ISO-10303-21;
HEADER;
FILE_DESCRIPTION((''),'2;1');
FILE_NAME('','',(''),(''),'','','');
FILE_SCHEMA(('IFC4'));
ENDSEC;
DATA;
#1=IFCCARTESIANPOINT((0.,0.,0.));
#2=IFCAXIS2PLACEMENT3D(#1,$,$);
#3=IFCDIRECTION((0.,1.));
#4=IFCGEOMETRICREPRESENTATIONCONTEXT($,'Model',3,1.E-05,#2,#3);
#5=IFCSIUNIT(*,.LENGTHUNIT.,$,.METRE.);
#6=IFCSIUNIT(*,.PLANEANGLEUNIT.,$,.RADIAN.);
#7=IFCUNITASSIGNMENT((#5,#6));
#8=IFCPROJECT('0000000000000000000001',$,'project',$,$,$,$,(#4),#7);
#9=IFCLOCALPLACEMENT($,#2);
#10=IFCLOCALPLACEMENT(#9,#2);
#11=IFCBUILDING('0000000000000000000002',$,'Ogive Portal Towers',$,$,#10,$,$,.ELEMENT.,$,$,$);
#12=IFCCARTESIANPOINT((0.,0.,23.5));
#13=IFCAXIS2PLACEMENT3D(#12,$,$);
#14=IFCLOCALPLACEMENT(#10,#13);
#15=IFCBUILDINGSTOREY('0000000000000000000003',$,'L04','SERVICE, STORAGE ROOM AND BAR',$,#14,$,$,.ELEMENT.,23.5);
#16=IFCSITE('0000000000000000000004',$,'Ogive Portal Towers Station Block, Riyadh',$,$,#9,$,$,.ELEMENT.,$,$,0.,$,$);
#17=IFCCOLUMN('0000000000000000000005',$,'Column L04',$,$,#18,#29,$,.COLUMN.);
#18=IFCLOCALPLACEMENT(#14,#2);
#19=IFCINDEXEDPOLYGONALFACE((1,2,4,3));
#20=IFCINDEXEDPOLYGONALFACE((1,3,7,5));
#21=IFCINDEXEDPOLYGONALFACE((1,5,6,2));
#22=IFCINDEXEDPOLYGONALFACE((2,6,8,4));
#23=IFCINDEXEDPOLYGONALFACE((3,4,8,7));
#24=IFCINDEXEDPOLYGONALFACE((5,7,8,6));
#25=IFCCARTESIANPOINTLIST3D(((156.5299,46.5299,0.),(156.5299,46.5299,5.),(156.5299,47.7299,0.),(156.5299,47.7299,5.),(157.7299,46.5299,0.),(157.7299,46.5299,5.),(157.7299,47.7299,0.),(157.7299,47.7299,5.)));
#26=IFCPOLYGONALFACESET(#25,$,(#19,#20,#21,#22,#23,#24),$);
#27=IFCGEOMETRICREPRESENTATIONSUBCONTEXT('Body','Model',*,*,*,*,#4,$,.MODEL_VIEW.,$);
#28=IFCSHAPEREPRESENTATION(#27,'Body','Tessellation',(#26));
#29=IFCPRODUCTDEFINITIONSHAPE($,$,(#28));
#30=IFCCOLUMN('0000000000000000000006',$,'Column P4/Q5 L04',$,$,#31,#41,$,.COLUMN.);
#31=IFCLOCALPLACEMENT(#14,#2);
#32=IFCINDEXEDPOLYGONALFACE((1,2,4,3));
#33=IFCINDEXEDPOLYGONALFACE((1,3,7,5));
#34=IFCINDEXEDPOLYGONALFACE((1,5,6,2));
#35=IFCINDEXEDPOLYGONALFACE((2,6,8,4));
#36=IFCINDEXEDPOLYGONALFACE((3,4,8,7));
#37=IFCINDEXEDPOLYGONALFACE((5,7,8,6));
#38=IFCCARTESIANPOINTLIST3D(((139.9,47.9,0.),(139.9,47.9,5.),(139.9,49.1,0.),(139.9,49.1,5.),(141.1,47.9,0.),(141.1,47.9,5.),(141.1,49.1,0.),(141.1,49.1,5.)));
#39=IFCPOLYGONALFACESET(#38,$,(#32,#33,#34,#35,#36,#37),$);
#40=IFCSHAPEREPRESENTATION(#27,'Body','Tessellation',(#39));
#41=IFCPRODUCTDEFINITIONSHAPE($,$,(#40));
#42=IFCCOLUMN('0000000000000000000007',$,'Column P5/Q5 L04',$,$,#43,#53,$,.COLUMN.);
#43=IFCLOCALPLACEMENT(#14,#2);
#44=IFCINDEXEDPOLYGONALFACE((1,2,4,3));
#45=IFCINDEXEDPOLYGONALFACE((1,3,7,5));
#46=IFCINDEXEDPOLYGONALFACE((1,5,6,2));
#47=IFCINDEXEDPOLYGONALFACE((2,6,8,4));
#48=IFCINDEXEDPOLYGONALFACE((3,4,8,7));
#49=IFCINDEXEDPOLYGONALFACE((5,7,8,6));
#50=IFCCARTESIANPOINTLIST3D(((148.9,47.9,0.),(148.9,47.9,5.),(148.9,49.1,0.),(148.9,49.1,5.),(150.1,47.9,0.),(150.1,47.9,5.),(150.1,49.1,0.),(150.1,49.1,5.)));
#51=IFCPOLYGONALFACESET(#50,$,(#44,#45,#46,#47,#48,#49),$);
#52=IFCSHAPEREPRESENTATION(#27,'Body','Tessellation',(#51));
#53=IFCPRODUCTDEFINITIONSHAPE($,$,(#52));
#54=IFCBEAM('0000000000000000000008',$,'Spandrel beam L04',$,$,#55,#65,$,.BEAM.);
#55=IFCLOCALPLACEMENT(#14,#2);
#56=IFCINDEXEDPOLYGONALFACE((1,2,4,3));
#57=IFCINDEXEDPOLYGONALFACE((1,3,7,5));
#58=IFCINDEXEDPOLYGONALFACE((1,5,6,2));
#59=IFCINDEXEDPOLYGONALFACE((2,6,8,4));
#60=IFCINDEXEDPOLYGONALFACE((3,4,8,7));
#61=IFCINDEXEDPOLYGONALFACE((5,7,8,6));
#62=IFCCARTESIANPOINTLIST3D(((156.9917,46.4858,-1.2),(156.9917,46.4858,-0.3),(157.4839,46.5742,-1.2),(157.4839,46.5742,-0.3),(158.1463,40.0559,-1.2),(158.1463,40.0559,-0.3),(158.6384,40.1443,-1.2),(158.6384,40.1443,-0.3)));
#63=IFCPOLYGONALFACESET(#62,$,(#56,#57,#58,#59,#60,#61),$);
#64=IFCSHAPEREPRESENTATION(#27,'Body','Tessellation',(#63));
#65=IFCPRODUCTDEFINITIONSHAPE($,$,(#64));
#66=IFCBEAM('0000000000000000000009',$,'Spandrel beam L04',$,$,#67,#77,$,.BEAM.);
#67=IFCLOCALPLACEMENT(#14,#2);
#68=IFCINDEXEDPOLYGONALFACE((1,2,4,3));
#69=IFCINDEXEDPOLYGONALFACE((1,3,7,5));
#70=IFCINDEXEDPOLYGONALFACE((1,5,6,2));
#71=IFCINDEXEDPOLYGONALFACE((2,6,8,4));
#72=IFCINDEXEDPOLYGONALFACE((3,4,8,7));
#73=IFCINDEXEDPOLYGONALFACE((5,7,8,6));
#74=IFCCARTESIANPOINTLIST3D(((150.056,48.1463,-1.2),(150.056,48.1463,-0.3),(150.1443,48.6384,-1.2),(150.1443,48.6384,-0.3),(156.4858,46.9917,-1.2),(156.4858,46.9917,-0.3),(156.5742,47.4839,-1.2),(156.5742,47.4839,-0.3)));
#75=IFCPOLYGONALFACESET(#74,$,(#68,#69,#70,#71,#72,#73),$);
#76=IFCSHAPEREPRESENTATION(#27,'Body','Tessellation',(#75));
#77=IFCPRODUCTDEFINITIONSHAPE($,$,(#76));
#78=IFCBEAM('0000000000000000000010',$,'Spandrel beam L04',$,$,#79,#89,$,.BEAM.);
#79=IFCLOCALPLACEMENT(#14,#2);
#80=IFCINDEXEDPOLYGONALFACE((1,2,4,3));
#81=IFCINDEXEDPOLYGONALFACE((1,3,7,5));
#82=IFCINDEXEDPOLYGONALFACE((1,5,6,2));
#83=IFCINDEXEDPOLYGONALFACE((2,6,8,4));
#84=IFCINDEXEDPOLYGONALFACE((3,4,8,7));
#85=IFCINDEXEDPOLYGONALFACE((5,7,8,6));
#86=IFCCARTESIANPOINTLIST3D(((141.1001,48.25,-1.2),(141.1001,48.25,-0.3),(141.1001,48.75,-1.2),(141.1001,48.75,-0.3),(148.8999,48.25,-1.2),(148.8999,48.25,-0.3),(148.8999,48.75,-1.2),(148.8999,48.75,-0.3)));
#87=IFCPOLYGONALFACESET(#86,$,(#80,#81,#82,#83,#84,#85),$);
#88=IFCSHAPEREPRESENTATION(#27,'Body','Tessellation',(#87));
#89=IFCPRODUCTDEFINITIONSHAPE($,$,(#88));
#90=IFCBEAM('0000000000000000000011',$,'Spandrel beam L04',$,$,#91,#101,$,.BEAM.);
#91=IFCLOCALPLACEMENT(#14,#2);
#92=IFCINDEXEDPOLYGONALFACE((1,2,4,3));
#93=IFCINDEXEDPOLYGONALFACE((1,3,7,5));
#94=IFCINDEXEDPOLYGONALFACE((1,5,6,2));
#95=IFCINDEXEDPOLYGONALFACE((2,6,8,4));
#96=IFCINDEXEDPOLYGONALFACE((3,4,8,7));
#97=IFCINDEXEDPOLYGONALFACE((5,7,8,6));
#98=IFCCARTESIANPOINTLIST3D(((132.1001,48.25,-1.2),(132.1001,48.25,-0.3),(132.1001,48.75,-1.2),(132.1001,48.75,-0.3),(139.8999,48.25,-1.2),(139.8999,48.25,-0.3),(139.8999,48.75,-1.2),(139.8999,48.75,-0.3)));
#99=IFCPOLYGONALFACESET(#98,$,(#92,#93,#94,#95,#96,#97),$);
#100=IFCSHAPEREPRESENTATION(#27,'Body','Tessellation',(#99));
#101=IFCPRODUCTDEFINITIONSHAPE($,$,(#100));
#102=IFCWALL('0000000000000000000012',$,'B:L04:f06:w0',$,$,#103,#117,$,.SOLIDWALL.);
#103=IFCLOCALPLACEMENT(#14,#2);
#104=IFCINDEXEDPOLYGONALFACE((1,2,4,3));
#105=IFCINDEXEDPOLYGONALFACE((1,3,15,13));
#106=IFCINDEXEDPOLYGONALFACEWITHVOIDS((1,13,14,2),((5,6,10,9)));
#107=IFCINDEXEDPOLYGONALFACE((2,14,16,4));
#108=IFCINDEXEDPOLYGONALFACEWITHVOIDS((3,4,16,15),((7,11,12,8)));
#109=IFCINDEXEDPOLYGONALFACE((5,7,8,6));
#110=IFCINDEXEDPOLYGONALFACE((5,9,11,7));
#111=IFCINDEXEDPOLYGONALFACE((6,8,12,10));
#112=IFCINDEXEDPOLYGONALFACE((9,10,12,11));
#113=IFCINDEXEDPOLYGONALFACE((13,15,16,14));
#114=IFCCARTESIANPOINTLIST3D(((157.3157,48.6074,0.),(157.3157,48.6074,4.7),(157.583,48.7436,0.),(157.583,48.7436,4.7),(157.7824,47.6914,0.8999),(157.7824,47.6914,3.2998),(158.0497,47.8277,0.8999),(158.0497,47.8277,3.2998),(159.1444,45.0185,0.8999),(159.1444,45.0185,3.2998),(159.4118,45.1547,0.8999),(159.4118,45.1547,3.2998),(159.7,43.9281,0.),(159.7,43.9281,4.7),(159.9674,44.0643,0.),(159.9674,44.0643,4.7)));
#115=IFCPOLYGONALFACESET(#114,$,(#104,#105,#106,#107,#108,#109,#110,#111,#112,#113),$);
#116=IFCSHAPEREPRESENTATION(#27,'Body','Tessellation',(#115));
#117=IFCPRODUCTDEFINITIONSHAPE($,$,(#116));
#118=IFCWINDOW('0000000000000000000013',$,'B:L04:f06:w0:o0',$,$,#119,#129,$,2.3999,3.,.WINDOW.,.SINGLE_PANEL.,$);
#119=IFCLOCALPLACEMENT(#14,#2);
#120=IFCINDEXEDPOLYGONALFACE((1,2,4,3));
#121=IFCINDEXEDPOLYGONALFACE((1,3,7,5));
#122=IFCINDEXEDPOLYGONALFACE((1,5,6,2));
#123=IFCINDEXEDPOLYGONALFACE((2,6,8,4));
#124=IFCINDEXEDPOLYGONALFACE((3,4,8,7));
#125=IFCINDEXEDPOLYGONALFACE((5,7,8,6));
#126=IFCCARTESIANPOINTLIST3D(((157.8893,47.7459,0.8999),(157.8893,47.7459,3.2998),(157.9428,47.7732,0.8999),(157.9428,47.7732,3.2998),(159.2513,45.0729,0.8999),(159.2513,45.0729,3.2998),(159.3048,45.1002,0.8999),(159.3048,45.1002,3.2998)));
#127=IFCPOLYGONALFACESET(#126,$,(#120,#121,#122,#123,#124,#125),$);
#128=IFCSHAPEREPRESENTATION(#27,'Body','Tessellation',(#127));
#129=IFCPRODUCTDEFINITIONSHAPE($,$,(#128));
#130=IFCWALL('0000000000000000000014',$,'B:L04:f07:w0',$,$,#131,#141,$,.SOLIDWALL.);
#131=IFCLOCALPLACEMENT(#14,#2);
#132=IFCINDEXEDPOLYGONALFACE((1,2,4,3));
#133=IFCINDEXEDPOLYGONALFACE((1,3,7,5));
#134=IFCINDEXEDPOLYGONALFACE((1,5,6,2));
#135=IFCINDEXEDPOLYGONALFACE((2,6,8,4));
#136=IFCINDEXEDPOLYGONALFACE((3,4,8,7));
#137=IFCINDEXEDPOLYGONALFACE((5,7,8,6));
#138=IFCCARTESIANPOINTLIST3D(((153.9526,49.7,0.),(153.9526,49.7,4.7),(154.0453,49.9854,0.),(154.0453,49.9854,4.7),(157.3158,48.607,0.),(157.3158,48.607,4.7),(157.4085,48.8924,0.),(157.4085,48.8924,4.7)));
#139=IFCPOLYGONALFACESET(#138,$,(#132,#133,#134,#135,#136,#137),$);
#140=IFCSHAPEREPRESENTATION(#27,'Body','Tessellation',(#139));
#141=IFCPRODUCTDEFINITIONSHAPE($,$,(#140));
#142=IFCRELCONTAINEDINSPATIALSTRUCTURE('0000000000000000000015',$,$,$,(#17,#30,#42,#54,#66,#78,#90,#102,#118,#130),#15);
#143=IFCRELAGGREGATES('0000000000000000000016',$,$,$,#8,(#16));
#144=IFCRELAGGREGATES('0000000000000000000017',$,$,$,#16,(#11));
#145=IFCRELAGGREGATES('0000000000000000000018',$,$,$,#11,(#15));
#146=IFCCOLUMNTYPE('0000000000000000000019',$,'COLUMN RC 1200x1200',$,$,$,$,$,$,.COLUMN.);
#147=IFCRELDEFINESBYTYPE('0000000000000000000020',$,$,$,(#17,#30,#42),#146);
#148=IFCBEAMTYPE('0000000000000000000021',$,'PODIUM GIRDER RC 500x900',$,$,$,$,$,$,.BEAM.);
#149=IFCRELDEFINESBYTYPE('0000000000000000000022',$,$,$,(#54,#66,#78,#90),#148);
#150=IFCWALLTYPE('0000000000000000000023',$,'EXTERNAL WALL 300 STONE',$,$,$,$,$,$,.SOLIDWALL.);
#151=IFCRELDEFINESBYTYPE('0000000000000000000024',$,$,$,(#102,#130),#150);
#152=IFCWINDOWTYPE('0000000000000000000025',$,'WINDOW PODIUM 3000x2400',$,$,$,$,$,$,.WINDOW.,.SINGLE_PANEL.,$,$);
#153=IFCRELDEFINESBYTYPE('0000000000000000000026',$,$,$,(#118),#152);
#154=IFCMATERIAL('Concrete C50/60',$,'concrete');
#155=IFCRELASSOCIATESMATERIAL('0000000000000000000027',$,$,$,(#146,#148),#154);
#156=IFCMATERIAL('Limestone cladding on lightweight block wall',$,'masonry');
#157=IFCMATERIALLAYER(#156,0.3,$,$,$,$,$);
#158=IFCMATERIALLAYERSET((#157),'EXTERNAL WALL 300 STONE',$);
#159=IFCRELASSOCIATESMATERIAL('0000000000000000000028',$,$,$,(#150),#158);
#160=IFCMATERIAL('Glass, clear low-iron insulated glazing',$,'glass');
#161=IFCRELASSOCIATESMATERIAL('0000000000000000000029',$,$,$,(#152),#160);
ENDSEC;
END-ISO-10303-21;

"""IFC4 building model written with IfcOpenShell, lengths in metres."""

from ifc_helpers import new_model, si_unit, direction, frame, frame_2d, origin, origin_2d, place, context, subcontext, project, spatial, rectangle, extrude, material, layer, layer_set, material_profile, profile_set, type_object, element, fill, save


model = new_model("IFC4")

# Units and contexts
model_context = context("Model", 3, precision=1e-05, world=origin(), true_north=direction((0.0, 1.0)))
body_context = subcontext(model_context, "Body", "Model", "MODEL_VIEW")
ifc_project = project(units=[si_unit("LENGTHUNIT", "METRE"), si_unit("PLANEANGLEUNIT", "RADIAN")], contexts=[model_context])

# Site, building, storey
site_placement = place(None, origin())
site = spatial("IfcSite", under=ifc_project, at=site_placement, Name="Ogive Portal Towers Station Block, Riyadh", CompositionType="ELEMENT", RefElevation=0.0)
building_placement = place(site_placement, origin())
building = spatial("IfcBuilding", under=site, at=building_placement, Name="Ogive Portal Towers", CompositionType="ELEMENT")
storey_placement = place(building_placement, frame((0.0, 0.0, 23.5)))
storey = spatial("IfcBuildingStorey", under=building, at=storey_placement, Name="L04", Description="SERVICE, STORAGE ROOM AND BAR", CompositionType="ELEMENT", Elevation=23.5)

# Columns
ifc_material_1 = material(Name="Concrete C50/60", Category="concrete")
ifc_material_profile_1 = material_profile(ifc_material_1, rectangle(XDim=1.2, YDim=1.2, at=origin_2d()), Name="RC 1200x1200")
ifc_profile_set_1 = profile_set([ifc_material_profile_1], Name="Concrete C50/60")
column_type = type_object("IfcColumnType", Name="COLUMN RC 1200x1200", PredefinedType="COLUMN", material=ifc_profile_set_1)
for number, where, z_axis, x_axis, name in (
    (1, (157.1299, 47.1299, 0.0), (0.0, 0.0, 1.0), (1.0, 0.0, 0.0), "Column L04"),
    (2, (140.5, 48.5, 0.0), (0.0, 0.0, 1.0), (1.0, 0.0, 0.0), "Column P4/Q5 L04"),
    (3, (149.5, 48.5, 0.0), (0.0, 0.0, 1.0), (1.0, 0.0, 0.0), "Column P5/Q5 L04"),
):
    element("IfcColumn", number, at=place(storey_placement, frame(where, z_axis=z_axis, x_axis=x_axis)), inside=storey, type_object=column_type, Name=name, PredefinedType="COLUMN", context=body_context, shape_type="SweptSolid", body=[
        extrude(rectangle(XDim=1.2, YDim=1.2, at=origin_2d()), origin(), (0.0, 0.0, 1.0), 5.0),
    ])

# Beams
ifc_material_profile_2 = material_profile(ifc_material_1, rectangle(XDim=0.5, YDim=0.8999, at=origin_2d()), Name="RC 500x900")
ifc_profile_set_2 = profile_set([ifc_material_profile_2], Name="Concrete C50/60")
beam_type = type_object("IfcBeamType", Name="PODIUM GIRDER RC 500x900", PredefinedType="BEAM", material=ifc_profile_set_2)
for number, where, z_axis, x_axis, name in (
    (4, (158.3923, 40.1001, -0.75), (-0.176731, 0.984259, 0.0), (-0.984259, -0.176731, 0.0), "Spandrel beam L04"),
    (5, (156.53, 47.2378, -0.75), (-0.984259, 0.176731, 0.0), (-0.176731, -0.984259, 0.0), "Spandrel beam L04"),
):
    element("IfcBeam", number, at=place(storey_placement, frame(where, z_axis=z_axis, x_axis=x_axis)), inside=storey, type_object=beam_type, Name=name, PredefinedType="BEAM", context=body_context, shape_type="SweptSolid", body=[
        extrude(rectangle(XDim=0.5, YDim=0.8999, at=origin_2d()), origin(), (0.0, 0.0, 1.0), 6.5327),
    ])
for number, where, z_axis, x_axis, name in (
    (6, (148.8999, 48.5, -0.75), (-1.0, 0.0, 0.0), (0.0, -1.0, 0.0), "Spandrel beam L04"),
    (7, (139.8999, 48.5, -0.75), (-1.0, 0.0, 0.0), (0.0, -1.0, 0.0), "Spandrel beam L04"),
):
    element("IfcBeam", number, at=place(storey_placement, frame(where, z_axis=z_axis, x_axis=x_axis)), inside=storey, type_object=beam_type, Name=name, PredefinedType="BEAM", context=body_context, shape_type="SweptSolid", body=[
        extrude(rectangle(XDim=0.5, YDim=0.8999, at=origin_2d()), origin(), (0.0, 0.0, 1.0), 7.7998),
    ])

# Wall, opening, window
ifc_material_2 = material(Name="Limestone cladding on lightweight block wall", Category="masonry")
ifc_layer_1 = layer(ifc_material_2, 0.3)
ifc_layer_set_1 = layer_set([ifc_layer_1], Name="EXTERNAL WALL 300 STONE")
wall_type_1 = type_object("IfcWallType", Name="EXTERNAL WALL 300 STONE", PredefinedType="SOLIDWALL", material=ifc_layer_set_1)
wall_1_placement = place(storey_placement, frame((159.8337, 43.9961, 0.0), z_axis=(0.0, 0.0, 1.0), x_axis=(-0.454007, 0.890998, 0.0)))
wall_1 = element("IfcWall", 8, at=wall_1_placement, inside=storey, type_object=wall_type_1, Name="B:L04:f06:w0", PredefinedType="SOLIDWALL", context=body_context, shape_type="SweptSolid", body=[
    extrude(rectangle(XDim=5.2517, YDim=0.3, at=frame_2d((2.626, 0.0))), origin(), (0.0, 0.0, 1.0), 4.7),
])
opening_1_placement = place(wall_1_placement, frame((1.2239, 0.0, 0.8999)))
opening_1 = element("IfcOpeningElement", 9, at=opening_1_placement, cuts=wall_1, PredefinedType="OPENING", context=body_context, shape_type="SweptSolid", body=[
    extrude(rectangle(XDim=3.0, YDim=2.3999, at=frame_2d((1.5, 1.2))), frame((0.0, 0.1602, 0.0), z_axis=(0.0, -1.0, 0.0), x_axis=(1.0, 0.0, 0.0)), (0.0, 0.0, 1.0), 0.3201),
])
ifc_material_3 = material(Name="Glass, clear low-iron insulated glazing", Category="glass")
window_type = type_object("IfcWindowType", Name="WINDOW PODIUM 3000x2400", PartitioningType="SINGLE_PANEL", PredefinedType="WINDOW", material=ifc_material_3)
window_1_placement = place(opening_1_placement, origin())
window_1 = element("IfcWindow", 10, at=window_1_placement, inside=storey, type_object=window_type, Name="B:L04:f06:w0:o0", OverallHeight=2.3999, OverallWidth=3.0, PartitioningType="SINGLE_PANEL", PredefinedType="WINDOW", context=body_context, shape_type="SweptSolid", body=[
    extrude(rectangle(XDim=3.0, YDim=2.3999, at=frame_2d((1.5, 1.2))), frame((0.0, 0.03, 0.0), z_axis=(0.0, -1.0, 0.0), x_axis=(1.0, 0.0, 0.0)), (0.0, 0.0, 1.0), 0.0601),
])
fill(opening_1, window_1)

# Wall
wall_2_placement = place(storey_placement, frame((157.3621, 48.7498, 0.0), z_axis=(0.0, 0.0, 1.0), x_axis=(-0.951038, 0.309074, 0.0)))
element("IfcWall", 11, at=wall_2_placement, inside=storey, type_object=wall_type_1, Name="B:L04:f07:w0", PredefinedType="SOLIDWALL", context=body_context, shape_type="SweptSolid", body=[
    extrude(rectangle(XDim=3.5364, YDim=0.3, at=frame_2d((1.7681, 0.0))), origin(), (0.0, 0.0, 1.0), 4.7),
])

save(model, "model.ifc")
